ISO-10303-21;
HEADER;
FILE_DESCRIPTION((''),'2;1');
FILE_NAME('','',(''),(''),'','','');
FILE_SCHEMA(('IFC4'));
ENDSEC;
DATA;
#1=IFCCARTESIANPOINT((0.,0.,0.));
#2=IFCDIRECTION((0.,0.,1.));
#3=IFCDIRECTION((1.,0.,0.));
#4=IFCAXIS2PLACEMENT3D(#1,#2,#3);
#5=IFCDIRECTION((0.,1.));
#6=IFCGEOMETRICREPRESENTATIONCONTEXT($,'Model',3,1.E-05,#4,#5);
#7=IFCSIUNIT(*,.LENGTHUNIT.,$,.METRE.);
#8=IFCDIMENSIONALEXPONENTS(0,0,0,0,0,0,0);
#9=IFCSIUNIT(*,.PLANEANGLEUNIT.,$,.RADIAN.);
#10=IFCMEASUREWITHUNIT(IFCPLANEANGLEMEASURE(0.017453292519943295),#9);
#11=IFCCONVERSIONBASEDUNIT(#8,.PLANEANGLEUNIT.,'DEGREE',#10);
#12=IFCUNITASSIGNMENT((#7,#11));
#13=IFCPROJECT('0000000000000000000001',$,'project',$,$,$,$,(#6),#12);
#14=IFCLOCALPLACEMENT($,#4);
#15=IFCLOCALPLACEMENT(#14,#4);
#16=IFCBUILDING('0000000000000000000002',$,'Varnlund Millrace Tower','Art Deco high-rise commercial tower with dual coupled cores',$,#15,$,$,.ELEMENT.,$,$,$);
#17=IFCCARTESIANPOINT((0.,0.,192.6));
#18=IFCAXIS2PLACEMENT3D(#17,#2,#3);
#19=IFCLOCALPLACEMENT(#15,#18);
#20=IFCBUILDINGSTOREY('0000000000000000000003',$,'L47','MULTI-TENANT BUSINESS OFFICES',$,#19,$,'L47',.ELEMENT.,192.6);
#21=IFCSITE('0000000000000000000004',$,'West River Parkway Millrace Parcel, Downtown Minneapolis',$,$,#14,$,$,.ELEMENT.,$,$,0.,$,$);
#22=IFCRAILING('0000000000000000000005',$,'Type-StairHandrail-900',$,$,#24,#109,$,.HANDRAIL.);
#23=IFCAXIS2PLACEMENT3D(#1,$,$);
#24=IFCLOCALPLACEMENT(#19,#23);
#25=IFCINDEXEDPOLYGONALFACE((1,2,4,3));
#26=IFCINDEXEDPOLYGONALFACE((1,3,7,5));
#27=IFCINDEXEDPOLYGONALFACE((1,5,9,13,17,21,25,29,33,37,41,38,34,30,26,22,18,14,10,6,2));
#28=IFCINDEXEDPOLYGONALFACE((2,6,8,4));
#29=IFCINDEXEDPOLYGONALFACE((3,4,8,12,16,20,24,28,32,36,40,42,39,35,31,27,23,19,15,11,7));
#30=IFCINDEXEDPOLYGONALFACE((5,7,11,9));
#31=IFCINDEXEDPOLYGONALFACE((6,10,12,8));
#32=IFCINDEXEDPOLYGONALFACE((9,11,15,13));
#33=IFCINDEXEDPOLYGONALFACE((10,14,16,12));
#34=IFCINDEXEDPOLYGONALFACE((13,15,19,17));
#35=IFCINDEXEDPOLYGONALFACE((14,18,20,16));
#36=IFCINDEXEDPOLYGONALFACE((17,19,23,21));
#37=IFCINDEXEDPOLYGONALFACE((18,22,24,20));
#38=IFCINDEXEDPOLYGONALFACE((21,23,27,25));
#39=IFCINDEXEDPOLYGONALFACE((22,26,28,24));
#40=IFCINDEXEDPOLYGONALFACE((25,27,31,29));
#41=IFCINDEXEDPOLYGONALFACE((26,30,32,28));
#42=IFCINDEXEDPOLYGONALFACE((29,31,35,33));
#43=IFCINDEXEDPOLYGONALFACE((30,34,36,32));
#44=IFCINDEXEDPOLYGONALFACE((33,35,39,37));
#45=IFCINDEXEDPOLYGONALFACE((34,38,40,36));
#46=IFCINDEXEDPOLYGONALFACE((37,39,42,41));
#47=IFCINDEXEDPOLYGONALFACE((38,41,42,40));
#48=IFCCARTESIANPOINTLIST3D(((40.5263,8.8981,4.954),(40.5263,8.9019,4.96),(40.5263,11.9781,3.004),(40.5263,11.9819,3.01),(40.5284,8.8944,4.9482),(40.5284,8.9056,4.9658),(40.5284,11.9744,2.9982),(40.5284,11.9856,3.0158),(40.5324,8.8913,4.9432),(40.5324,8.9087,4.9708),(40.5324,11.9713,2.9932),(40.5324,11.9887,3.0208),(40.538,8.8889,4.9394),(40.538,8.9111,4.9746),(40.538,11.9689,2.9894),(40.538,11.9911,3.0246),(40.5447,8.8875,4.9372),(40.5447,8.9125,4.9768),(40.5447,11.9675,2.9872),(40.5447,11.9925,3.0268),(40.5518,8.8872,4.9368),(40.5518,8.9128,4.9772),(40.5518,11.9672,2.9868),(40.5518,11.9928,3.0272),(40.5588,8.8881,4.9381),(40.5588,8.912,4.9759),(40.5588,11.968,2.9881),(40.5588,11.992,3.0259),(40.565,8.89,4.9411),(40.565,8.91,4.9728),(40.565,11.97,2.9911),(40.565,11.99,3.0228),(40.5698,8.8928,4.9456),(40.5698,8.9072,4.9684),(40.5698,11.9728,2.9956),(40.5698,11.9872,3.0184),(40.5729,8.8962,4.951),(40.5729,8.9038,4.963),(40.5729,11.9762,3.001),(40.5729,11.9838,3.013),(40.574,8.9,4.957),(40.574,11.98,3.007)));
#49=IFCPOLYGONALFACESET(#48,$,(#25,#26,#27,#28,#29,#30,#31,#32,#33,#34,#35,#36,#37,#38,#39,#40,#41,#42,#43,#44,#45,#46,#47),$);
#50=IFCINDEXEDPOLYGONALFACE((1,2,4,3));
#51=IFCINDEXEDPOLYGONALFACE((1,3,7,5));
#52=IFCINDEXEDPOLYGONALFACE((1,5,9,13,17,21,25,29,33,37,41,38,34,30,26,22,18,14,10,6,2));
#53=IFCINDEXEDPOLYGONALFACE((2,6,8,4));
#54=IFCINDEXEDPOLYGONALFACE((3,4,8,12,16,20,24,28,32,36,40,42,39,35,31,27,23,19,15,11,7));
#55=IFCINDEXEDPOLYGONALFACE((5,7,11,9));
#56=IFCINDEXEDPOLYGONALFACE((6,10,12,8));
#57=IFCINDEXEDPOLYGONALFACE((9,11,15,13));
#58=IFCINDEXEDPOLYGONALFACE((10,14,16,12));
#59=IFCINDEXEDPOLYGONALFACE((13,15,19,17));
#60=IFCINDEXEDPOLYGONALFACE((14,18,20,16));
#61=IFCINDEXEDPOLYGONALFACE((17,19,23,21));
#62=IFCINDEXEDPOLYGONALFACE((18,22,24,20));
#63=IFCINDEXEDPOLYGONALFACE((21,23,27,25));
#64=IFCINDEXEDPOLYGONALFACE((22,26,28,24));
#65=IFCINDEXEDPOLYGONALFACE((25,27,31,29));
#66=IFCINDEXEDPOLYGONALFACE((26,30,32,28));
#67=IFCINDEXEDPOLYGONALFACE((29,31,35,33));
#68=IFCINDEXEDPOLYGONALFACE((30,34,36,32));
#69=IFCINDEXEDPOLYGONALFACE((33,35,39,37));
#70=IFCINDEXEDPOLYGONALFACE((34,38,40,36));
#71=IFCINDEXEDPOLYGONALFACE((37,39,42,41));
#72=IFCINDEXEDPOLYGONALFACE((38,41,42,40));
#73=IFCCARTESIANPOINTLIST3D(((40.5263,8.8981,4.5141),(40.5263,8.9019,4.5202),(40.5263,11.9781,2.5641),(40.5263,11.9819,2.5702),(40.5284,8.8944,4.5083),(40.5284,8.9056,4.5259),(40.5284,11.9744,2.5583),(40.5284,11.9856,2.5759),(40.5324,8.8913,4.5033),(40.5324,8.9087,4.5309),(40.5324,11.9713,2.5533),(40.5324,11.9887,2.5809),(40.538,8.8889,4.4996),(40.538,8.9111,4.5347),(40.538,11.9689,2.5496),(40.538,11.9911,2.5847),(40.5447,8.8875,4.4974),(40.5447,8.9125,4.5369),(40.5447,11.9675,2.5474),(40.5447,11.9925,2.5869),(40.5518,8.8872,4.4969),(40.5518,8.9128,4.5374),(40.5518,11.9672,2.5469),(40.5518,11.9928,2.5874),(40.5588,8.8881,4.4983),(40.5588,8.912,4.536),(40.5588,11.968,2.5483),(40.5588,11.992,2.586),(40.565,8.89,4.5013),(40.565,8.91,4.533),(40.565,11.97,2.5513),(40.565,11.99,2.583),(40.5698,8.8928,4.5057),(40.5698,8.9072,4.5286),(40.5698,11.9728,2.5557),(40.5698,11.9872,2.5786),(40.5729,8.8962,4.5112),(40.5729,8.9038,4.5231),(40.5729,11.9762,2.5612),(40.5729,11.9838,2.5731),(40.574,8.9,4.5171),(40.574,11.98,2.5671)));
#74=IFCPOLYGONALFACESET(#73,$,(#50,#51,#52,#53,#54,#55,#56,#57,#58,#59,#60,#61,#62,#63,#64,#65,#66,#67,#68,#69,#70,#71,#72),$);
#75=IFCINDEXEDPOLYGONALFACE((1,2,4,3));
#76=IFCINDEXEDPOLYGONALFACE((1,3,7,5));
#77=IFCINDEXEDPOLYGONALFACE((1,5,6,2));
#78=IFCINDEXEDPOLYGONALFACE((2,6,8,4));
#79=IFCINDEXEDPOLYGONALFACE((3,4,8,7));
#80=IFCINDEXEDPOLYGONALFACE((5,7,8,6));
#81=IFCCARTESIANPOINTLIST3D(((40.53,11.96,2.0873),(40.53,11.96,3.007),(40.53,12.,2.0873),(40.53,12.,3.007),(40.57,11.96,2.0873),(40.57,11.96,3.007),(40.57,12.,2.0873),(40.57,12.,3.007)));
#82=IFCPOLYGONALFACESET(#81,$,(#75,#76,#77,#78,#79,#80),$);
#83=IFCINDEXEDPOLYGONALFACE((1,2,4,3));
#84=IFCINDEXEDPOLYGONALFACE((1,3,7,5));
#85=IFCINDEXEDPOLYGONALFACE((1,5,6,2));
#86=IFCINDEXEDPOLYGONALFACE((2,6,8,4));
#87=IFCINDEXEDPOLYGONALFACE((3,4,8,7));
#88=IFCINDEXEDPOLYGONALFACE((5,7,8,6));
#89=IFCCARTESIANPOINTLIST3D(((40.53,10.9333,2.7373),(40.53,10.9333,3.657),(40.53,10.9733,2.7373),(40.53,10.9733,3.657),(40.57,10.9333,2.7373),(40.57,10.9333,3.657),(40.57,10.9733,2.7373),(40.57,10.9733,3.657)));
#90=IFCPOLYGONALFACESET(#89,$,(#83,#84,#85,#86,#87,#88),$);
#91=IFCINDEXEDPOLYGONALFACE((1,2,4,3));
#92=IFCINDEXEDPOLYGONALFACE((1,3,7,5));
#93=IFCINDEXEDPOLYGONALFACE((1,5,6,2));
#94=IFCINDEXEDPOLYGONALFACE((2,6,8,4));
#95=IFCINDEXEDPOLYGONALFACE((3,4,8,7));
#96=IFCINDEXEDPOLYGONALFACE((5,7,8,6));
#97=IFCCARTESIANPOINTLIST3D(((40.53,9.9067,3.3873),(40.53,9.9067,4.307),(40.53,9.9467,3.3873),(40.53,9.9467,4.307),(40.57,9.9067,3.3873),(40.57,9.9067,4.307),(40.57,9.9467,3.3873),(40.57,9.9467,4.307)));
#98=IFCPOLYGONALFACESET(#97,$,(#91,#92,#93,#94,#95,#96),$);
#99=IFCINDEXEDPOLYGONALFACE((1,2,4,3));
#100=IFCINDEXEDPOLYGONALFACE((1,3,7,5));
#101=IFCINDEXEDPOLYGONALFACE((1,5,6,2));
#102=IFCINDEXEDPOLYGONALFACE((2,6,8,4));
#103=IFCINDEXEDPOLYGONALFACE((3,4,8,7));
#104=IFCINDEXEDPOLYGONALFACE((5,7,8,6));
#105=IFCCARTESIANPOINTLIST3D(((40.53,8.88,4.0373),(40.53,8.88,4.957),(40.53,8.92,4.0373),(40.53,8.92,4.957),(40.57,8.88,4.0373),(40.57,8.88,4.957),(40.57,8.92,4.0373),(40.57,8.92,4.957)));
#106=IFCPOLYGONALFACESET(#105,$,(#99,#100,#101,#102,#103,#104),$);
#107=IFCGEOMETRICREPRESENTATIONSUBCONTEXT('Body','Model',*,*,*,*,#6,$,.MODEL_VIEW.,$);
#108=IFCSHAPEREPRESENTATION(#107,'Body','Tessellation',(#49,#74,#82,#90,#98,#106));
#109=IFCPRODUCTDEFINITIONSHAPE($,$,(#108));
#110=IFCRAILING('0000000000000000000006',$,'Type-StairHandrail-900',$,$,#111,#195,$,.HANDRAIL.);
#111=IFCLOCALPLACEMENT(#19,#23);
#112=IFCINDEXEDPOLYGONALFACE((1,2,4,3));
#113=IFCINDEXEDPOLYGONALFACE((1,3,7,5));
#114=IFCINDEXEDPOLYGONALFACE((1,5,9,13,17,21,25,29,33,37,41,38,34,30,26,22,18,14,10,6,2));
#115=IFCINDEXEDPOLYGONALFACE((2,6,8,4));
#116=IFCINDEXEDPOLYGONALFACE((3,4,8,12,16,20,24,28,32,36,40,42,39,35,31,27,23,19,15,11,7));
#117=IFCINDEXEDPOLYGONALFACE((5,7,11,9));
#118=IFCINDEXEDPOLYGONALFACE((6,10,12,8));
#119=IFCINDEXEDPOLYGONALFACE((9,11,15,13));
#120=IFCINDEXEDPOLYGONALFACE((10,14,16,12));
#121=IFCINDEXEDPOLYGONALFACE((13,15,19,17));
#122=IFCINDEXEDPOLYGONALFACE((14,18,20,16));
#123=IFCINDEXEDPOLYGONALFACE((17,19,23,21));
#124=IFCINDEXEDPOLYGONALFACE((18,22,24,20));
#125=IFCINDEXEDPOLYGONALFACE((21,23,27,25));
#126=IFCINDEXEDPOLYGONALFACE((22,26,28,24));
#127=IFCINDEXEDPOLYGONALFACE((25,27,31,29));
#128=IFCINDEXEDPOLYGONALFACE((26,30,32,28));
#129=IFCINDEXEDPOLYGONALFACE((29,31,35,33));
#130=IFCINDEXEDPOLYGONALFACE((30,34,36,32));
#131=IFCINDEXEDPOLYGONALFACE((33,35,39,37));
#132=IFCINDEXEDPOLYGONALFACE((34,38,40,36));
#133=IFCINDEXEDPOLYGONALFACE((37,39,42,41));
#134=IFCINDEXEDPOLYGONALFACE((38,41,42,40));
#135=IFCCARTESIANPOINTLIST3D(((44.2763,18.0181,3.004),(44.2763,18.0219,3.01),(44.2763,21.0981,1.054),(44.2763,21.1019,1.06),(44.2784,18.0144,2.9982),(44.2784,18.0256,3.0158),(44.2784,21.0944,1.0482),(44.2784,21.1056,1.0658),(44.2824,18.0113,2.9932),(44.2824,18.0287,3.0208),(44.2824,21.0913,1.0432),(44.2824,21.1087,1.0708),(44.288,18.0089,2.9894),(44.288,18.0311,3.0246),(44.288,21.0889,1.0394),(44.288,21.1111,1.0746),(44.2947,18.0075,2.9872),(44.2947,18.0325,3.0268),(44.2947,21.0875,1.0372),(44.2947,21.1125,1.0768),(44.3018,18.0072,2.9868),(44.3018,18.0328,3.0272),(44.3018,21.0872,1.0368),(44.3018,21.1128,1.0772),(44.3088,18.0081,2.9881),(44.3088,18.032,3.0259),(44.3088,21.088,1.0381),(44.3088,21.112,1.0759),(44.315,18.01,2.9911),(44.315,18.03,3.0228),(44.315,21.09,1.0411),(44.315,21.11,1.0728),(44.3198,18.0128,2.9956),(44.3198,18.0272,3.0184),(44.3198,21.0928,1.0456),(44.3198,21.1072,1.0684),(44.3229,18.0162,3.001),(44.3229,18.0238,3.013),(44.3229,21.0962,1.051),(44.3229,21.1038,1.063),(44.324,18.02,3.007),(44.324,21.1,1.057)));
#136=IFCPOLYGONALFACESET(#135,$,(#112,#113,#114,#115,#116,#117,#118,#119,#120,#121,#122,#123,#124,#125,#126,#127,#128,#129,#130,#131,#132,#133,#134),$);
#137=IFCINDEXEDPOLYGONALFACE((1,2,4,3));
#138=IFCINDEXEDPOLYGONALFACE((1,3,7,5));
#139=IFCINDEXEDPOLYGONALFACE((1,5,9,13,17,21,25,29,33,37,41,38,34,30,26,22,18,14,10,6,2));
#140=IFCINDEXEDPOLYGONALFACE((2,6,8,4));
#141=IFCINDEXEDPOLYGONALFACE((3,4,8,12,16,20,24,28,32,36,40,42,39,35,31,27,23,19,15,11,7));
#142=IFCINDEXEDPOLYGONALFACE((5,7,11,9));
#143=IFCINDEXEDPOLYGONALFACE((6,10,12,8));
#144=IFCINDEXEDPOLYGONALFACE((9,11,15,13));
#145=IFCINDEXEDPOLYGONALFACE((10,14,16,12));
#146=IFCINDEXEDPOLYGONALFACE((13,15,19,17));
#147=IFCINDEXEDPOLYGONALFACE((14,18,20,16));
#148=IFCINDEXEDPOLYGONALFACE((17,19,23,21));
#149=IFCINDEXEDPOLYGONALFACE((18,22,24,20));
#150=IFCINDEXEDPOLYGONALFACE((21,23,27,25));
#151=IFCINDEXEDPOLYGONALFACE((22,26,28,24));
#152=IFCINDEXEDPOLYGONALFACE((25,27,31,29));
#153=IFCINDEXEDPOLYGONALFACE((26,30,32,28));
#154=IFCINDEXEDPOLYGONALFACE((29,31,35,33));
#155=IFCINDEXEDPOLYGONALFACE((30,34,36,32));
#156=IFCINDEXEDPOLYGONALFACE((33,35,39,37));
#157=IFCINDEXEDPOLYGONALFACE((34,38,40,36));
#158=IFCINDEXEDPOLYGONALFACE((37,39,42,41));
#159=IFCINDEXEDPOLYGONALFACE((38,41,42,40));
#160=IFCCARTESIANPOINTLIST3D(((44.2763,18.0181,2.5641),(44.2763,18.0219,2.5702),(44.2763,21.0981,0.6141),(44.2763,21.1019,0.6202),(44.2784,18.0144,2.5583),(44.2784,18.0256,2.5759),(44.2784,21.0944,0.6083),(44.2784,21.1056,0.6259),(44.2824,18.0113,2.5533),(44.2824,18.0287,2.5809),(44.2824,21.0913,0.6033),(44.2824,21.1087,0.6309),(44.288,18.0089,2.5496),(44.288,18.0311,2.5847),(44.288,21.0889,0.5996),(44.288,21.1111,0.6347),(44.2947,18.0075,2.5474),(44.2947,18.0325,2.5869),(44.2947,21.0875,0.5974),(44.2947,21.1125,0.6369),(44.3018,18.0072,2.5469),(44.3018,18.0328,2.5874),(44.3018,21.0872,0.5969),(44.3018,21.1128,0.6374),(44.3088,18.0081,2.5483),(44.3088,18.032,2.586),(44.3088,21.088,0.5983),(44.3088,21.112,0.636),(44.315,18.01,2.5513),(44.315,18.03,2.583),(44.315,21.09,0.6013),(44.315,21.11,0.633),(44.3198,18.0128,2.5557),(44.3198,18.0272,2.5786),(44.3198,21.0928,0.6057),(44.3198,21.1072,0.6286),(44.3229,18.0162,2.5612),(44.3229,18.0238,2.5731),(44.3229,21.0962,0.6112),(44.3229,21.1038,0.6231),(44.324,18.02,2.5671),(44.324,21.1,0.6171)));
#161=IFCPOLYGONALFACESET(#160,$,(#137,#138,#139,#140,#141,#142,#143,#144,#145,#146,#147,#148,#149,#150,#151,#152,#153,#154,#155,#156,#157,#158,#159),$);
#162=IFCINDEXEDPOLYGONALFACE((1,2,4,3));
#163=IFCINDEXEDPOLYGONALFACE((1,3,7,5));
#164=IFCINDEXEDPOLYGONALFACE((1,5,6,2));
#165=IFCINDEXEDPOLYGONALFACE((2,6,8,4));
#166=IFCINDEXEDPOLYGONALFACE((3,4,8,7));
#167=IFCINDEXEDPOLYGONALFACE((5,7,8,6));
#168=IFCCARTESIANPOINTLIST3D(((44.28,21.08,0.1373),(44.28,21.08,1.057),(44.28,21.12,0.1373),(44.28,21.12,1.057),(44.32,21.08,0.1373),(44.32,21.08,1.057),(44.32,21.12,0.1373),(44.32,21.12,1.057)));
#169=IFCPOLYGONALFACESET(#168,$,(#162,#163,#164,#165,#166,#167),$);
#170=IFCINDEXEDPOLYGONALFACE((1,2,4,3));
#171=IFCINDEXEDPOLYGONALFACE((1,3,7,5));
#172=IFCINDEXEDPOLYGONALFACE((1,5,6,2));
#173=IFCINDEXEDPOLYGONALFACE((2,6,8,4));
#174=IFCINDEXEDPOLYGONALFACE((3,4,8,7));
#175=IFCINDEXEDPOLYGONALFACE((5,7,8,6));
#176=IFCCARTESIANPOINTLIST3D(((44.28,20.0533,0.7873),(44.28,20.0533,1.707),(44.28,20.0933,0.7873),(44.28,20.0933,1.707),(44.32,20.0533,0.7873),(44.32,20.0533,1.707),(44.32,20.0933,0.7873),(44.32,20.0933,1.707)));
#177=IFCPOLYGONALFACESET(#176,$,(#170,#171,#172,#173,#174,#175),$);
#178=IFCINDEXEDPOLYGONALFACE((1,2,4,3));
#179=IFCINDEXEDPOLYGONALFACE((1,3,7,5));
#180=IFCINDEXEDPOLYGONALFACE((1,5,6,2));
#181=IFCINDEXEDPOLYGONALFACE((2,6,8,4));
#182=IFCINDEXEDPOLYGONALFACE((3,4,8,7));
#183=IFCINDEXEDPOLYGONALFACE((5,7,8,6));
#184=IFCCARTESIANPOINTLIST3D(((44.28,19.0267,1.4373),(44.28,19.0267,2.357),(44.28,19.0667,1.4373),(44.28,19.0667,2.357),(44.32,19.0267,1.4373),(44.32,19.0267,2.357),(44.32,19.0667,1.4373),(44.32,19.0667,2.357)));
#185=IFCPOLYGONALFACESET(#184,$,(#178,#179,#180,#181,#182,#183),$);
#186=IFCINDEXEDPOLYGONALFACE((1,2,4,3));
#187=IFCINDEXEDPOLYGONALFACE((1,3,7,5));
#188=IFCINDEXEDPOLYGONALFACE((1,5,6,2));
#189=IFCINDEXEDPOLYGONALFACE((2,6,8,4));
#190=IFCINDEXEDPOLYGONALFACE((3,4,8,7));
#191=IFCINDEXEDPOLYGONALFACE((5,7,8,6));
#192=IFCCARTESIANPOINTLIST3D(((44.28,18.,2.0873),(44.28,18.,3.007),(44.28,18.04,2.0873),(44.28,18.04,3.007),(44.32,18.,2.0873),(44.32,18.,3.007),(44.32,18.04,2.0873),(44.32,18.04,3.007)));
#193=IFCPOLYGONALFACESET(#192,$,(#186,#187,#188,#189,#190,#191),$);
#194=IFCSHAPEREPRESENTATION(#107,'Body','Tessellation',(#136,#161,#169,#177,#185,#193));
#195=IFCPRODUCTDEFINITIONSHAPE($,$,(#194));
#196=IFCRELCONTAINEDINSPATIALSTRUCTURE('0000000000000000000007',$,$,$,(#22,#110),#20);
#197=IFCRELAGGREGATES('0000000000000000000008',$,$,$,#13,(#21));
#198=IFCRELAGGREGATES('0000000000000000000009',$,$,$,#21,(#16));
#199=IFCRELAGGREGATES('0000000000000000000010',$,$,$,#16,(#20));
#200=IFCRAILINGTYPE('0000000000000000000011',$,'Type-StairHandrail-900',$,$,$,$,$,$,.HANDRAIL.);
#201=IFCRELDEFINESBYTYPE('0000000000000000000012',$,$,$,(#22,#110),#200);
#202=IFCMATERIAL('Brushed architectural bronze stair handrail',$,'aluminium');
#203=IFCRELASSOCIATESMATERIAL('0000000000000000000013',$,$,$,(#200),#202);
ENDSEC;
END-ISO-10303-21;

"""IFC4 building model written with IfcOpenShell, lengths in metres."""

from ifc_helpers import new_model, entity, si_unit, converted_unit, direction, frame, origin_with_axes, origin_2d_with_axis, place, context, subcontext, project, spatial, rectangle, circle, extrude, material, type_object, element, save


model = new_model("IFC4")

# Units and contexts
model_context = context("Model", 3, precision=1e-05, world=origin_with_axes(), true_north=direction((0.0, 1.0)))
body_context = subcontext(model_context, "Body", "Model", "MODEL_VIEW")
ifc_project = project(units=[si_unit("LENGTHUNIT", "METRE"), converted_unit("PLANEANGLEUNIT", "DEGREE", entity("IfcPlaneAngleMeasure", 0.017453292519943295), si_unit("PLANEANGLEUNIT", "RADIAN"), dimensions=[0, 0, 0, 0, 0, 0, 0])], contexts=[model_context])

# Site, building, storey
site_placement = place(None, origin_with_axes())
site = spatial("IfcSite", under=ifc_project, at=site_placement, Name="West River Parkway Millrace Parcel, Downtown Minneapolis", CompositionType="ELEMENT", RefElevation=0.0)
building_placement = place(site_placement, origin_with_axes())
building = spatial("IfcBuilding", under=site, at=building_placement, Name="Varnlund Millrace Tower", Description="Art Deco high-rise commercial tower with dual coupled cores", CompositionType="ELEMENT")
storey_placement = place(building_placement, frame((0.0, 0.0, 192.6), z_axis=(0.0, 0.0, 1.0), x_axis=(1.0, 0.0, 0.0)))
storey = spatial("IfcBuildingStorey", under=building, at=storey_placement, Name="L47", Description="MULTI-TENANT BUSINESS OFFICES", LongName="L47", CompositionType="ELEMENT", Elevation=192.6)

# Railings
ifc_material_1 = material(Name="Brushed architectural bronze stair handrail", Category="aluminium")
railing_type_1 = type_object("IfcRailingType", Name="Type-StairHandrail-900", PredefinedType="HANDRAIL", material=ifc_material_1)
railing_1_placement = place(storey_placement, frame((0.0, 0.0, -192.6), z_axis=(0.0, 0.0, 1.0), x_axis=(1.0, 0.0, 0.0)))
element("IfcRailing", 1, at=railing_1_placement, inside=storey, type_object=railing_type_1, Name="Type-StairHandrail-900", PredefinedType="HANDRAIL", context=body_context, shape_type="SweptSolid", body=[
    extrude(circle(Radius=0.024, at=origin_2d_with_axis()), frame((40.55, 11.98, 195.607), z_axis=(0.0, -0.844902, 0.534922), x_axis=(1.0, 0.0, 0.0)), (0.0, 0.0, 1.0), 3.6454),
    extrude(circle(Radius=0.024, at=origin_2d_with_axis()), frame((40.55, 11.98, 195.1671), z_axis=(0.0, -0.844902, 0.534922), x_axis=(1.0, 0.0, 0.0)), (0.0, 0.0, 1.0), 3.6454),
    extrude(rectangle(XDim=0.04, YDim=0.04, at=origin_2d_with_axis()), frame((40.55, 11.98, 194.6873), z_axis=(0.0, 0.0, 1.0), x_axis=(1.0, 0.0, 0.0)), (0.0, 0.0, 1.0), 0.9197),
    extrude(rectangle(XDim=0.04, YDim=0.04, at=origin_2d_with_axis()), frame((40.55, 10.9533, 195.3373), z_axis=(0.0, 0.0, 1.0), x_axis=(1.0, 0.0, 0.0)), (0.0, 0.0, 1.0), 0.9197),
    extrude(rectangle(XDim=0.04, YDim=0.04, at=origin_2d_with_axis()), frame((40.55, 9.9267, 195.9873), z_axis=(0.0, 0.0, 1.0), x_axis=(1.0, 0.0, 0.0)), (0.0, 0.0, 1.0), 0.9197),
    extrude(rectangle(XDim=0.04, YDim=0.04, at=origin_2d_with_axis()), frame((40.55, 8.9, 196.6373), z_axis=(0.0, 0.0, 1.0), x_axis=(1.0, 0.0, 0.0)), (0.0, 0.0, 1.0), 0.9197),
])
railing_2_placement = place(storey_placement, frame((0.0, 0.0, -192.6), z_axis=(0.0, 0.0, 1.0), x_axis=(1.0, 0.0, 0.0)))
element("IfcRailing", 2, at=railing_2_placement, inside=storey, type_object=railing_type_1, Name="Type-StairHandrail-900", PredefinedType="HANDRAIL", context=body_context, shape_type="SweptSolid", body=[
    extrude(circle(Radius=0.024, at=origin_2d_with_axis()), frame((44.3, 21.1, 193.657), z_axis=(0.0, -0.844902, 0.534922), x_axis=(1.0, 0.0, 0.0)), (0.0, 0.0, 1.0), 3.6454),
    extrude(circle(Radius=0.024, at=origin_2d_with_axis()), frame((44.3, 21.1, 193.2171), z_axis=(0.0, -0.844902, 0.534922), x_axis=(1.0, 0.0, 0.0)), (0.0, 0.0, 1.0), 3.6454),
    extrude(rectangle(XDim=0.04, YDim=0.04, at=origin_2d_with_axis()), frame((44.3, 21.1, 192.7373), z_axis=(0.0, 0.0, 1.0), x_axis=(1.0, 0.0, 0.0)), (0.0, 0.0, 1.0), 0.9197),
    extrude(rectangle(XDim=0.04, YDim=0.04, at=origin_2d_with_axis()), frame((44.3, 20.0733, 193.3873), z_axis=(0.0, 0.0, 1.0), x_axis=(1.0, 0.0, 0.0)), (0.0, 0.0, 1.0), 0.9197),
    extrude(rectangle(XDim=0.04, YDim=0.04, at=origin_2d_with_axis()), frame((44.3, 19.0467, 194.0373), z_axis=(0.0, 0.0, 1.0), x_axis=(1.0, 0.0, 0.0)), (0.0, 0.0, 1.0), 0.9197),
    extrude(rectangle(XDim=0.04, YDim=0.04, at=origin_2d_with_axis()), frame((44.3, 18.02, 194.6873), z_axis=(0.0, 0.0, 1.0), x_axis=(1.0, 0.0, 0.0)), (0.0, 0.0, 1.0), 0.9197),
])

save(model, "model.ifc")
